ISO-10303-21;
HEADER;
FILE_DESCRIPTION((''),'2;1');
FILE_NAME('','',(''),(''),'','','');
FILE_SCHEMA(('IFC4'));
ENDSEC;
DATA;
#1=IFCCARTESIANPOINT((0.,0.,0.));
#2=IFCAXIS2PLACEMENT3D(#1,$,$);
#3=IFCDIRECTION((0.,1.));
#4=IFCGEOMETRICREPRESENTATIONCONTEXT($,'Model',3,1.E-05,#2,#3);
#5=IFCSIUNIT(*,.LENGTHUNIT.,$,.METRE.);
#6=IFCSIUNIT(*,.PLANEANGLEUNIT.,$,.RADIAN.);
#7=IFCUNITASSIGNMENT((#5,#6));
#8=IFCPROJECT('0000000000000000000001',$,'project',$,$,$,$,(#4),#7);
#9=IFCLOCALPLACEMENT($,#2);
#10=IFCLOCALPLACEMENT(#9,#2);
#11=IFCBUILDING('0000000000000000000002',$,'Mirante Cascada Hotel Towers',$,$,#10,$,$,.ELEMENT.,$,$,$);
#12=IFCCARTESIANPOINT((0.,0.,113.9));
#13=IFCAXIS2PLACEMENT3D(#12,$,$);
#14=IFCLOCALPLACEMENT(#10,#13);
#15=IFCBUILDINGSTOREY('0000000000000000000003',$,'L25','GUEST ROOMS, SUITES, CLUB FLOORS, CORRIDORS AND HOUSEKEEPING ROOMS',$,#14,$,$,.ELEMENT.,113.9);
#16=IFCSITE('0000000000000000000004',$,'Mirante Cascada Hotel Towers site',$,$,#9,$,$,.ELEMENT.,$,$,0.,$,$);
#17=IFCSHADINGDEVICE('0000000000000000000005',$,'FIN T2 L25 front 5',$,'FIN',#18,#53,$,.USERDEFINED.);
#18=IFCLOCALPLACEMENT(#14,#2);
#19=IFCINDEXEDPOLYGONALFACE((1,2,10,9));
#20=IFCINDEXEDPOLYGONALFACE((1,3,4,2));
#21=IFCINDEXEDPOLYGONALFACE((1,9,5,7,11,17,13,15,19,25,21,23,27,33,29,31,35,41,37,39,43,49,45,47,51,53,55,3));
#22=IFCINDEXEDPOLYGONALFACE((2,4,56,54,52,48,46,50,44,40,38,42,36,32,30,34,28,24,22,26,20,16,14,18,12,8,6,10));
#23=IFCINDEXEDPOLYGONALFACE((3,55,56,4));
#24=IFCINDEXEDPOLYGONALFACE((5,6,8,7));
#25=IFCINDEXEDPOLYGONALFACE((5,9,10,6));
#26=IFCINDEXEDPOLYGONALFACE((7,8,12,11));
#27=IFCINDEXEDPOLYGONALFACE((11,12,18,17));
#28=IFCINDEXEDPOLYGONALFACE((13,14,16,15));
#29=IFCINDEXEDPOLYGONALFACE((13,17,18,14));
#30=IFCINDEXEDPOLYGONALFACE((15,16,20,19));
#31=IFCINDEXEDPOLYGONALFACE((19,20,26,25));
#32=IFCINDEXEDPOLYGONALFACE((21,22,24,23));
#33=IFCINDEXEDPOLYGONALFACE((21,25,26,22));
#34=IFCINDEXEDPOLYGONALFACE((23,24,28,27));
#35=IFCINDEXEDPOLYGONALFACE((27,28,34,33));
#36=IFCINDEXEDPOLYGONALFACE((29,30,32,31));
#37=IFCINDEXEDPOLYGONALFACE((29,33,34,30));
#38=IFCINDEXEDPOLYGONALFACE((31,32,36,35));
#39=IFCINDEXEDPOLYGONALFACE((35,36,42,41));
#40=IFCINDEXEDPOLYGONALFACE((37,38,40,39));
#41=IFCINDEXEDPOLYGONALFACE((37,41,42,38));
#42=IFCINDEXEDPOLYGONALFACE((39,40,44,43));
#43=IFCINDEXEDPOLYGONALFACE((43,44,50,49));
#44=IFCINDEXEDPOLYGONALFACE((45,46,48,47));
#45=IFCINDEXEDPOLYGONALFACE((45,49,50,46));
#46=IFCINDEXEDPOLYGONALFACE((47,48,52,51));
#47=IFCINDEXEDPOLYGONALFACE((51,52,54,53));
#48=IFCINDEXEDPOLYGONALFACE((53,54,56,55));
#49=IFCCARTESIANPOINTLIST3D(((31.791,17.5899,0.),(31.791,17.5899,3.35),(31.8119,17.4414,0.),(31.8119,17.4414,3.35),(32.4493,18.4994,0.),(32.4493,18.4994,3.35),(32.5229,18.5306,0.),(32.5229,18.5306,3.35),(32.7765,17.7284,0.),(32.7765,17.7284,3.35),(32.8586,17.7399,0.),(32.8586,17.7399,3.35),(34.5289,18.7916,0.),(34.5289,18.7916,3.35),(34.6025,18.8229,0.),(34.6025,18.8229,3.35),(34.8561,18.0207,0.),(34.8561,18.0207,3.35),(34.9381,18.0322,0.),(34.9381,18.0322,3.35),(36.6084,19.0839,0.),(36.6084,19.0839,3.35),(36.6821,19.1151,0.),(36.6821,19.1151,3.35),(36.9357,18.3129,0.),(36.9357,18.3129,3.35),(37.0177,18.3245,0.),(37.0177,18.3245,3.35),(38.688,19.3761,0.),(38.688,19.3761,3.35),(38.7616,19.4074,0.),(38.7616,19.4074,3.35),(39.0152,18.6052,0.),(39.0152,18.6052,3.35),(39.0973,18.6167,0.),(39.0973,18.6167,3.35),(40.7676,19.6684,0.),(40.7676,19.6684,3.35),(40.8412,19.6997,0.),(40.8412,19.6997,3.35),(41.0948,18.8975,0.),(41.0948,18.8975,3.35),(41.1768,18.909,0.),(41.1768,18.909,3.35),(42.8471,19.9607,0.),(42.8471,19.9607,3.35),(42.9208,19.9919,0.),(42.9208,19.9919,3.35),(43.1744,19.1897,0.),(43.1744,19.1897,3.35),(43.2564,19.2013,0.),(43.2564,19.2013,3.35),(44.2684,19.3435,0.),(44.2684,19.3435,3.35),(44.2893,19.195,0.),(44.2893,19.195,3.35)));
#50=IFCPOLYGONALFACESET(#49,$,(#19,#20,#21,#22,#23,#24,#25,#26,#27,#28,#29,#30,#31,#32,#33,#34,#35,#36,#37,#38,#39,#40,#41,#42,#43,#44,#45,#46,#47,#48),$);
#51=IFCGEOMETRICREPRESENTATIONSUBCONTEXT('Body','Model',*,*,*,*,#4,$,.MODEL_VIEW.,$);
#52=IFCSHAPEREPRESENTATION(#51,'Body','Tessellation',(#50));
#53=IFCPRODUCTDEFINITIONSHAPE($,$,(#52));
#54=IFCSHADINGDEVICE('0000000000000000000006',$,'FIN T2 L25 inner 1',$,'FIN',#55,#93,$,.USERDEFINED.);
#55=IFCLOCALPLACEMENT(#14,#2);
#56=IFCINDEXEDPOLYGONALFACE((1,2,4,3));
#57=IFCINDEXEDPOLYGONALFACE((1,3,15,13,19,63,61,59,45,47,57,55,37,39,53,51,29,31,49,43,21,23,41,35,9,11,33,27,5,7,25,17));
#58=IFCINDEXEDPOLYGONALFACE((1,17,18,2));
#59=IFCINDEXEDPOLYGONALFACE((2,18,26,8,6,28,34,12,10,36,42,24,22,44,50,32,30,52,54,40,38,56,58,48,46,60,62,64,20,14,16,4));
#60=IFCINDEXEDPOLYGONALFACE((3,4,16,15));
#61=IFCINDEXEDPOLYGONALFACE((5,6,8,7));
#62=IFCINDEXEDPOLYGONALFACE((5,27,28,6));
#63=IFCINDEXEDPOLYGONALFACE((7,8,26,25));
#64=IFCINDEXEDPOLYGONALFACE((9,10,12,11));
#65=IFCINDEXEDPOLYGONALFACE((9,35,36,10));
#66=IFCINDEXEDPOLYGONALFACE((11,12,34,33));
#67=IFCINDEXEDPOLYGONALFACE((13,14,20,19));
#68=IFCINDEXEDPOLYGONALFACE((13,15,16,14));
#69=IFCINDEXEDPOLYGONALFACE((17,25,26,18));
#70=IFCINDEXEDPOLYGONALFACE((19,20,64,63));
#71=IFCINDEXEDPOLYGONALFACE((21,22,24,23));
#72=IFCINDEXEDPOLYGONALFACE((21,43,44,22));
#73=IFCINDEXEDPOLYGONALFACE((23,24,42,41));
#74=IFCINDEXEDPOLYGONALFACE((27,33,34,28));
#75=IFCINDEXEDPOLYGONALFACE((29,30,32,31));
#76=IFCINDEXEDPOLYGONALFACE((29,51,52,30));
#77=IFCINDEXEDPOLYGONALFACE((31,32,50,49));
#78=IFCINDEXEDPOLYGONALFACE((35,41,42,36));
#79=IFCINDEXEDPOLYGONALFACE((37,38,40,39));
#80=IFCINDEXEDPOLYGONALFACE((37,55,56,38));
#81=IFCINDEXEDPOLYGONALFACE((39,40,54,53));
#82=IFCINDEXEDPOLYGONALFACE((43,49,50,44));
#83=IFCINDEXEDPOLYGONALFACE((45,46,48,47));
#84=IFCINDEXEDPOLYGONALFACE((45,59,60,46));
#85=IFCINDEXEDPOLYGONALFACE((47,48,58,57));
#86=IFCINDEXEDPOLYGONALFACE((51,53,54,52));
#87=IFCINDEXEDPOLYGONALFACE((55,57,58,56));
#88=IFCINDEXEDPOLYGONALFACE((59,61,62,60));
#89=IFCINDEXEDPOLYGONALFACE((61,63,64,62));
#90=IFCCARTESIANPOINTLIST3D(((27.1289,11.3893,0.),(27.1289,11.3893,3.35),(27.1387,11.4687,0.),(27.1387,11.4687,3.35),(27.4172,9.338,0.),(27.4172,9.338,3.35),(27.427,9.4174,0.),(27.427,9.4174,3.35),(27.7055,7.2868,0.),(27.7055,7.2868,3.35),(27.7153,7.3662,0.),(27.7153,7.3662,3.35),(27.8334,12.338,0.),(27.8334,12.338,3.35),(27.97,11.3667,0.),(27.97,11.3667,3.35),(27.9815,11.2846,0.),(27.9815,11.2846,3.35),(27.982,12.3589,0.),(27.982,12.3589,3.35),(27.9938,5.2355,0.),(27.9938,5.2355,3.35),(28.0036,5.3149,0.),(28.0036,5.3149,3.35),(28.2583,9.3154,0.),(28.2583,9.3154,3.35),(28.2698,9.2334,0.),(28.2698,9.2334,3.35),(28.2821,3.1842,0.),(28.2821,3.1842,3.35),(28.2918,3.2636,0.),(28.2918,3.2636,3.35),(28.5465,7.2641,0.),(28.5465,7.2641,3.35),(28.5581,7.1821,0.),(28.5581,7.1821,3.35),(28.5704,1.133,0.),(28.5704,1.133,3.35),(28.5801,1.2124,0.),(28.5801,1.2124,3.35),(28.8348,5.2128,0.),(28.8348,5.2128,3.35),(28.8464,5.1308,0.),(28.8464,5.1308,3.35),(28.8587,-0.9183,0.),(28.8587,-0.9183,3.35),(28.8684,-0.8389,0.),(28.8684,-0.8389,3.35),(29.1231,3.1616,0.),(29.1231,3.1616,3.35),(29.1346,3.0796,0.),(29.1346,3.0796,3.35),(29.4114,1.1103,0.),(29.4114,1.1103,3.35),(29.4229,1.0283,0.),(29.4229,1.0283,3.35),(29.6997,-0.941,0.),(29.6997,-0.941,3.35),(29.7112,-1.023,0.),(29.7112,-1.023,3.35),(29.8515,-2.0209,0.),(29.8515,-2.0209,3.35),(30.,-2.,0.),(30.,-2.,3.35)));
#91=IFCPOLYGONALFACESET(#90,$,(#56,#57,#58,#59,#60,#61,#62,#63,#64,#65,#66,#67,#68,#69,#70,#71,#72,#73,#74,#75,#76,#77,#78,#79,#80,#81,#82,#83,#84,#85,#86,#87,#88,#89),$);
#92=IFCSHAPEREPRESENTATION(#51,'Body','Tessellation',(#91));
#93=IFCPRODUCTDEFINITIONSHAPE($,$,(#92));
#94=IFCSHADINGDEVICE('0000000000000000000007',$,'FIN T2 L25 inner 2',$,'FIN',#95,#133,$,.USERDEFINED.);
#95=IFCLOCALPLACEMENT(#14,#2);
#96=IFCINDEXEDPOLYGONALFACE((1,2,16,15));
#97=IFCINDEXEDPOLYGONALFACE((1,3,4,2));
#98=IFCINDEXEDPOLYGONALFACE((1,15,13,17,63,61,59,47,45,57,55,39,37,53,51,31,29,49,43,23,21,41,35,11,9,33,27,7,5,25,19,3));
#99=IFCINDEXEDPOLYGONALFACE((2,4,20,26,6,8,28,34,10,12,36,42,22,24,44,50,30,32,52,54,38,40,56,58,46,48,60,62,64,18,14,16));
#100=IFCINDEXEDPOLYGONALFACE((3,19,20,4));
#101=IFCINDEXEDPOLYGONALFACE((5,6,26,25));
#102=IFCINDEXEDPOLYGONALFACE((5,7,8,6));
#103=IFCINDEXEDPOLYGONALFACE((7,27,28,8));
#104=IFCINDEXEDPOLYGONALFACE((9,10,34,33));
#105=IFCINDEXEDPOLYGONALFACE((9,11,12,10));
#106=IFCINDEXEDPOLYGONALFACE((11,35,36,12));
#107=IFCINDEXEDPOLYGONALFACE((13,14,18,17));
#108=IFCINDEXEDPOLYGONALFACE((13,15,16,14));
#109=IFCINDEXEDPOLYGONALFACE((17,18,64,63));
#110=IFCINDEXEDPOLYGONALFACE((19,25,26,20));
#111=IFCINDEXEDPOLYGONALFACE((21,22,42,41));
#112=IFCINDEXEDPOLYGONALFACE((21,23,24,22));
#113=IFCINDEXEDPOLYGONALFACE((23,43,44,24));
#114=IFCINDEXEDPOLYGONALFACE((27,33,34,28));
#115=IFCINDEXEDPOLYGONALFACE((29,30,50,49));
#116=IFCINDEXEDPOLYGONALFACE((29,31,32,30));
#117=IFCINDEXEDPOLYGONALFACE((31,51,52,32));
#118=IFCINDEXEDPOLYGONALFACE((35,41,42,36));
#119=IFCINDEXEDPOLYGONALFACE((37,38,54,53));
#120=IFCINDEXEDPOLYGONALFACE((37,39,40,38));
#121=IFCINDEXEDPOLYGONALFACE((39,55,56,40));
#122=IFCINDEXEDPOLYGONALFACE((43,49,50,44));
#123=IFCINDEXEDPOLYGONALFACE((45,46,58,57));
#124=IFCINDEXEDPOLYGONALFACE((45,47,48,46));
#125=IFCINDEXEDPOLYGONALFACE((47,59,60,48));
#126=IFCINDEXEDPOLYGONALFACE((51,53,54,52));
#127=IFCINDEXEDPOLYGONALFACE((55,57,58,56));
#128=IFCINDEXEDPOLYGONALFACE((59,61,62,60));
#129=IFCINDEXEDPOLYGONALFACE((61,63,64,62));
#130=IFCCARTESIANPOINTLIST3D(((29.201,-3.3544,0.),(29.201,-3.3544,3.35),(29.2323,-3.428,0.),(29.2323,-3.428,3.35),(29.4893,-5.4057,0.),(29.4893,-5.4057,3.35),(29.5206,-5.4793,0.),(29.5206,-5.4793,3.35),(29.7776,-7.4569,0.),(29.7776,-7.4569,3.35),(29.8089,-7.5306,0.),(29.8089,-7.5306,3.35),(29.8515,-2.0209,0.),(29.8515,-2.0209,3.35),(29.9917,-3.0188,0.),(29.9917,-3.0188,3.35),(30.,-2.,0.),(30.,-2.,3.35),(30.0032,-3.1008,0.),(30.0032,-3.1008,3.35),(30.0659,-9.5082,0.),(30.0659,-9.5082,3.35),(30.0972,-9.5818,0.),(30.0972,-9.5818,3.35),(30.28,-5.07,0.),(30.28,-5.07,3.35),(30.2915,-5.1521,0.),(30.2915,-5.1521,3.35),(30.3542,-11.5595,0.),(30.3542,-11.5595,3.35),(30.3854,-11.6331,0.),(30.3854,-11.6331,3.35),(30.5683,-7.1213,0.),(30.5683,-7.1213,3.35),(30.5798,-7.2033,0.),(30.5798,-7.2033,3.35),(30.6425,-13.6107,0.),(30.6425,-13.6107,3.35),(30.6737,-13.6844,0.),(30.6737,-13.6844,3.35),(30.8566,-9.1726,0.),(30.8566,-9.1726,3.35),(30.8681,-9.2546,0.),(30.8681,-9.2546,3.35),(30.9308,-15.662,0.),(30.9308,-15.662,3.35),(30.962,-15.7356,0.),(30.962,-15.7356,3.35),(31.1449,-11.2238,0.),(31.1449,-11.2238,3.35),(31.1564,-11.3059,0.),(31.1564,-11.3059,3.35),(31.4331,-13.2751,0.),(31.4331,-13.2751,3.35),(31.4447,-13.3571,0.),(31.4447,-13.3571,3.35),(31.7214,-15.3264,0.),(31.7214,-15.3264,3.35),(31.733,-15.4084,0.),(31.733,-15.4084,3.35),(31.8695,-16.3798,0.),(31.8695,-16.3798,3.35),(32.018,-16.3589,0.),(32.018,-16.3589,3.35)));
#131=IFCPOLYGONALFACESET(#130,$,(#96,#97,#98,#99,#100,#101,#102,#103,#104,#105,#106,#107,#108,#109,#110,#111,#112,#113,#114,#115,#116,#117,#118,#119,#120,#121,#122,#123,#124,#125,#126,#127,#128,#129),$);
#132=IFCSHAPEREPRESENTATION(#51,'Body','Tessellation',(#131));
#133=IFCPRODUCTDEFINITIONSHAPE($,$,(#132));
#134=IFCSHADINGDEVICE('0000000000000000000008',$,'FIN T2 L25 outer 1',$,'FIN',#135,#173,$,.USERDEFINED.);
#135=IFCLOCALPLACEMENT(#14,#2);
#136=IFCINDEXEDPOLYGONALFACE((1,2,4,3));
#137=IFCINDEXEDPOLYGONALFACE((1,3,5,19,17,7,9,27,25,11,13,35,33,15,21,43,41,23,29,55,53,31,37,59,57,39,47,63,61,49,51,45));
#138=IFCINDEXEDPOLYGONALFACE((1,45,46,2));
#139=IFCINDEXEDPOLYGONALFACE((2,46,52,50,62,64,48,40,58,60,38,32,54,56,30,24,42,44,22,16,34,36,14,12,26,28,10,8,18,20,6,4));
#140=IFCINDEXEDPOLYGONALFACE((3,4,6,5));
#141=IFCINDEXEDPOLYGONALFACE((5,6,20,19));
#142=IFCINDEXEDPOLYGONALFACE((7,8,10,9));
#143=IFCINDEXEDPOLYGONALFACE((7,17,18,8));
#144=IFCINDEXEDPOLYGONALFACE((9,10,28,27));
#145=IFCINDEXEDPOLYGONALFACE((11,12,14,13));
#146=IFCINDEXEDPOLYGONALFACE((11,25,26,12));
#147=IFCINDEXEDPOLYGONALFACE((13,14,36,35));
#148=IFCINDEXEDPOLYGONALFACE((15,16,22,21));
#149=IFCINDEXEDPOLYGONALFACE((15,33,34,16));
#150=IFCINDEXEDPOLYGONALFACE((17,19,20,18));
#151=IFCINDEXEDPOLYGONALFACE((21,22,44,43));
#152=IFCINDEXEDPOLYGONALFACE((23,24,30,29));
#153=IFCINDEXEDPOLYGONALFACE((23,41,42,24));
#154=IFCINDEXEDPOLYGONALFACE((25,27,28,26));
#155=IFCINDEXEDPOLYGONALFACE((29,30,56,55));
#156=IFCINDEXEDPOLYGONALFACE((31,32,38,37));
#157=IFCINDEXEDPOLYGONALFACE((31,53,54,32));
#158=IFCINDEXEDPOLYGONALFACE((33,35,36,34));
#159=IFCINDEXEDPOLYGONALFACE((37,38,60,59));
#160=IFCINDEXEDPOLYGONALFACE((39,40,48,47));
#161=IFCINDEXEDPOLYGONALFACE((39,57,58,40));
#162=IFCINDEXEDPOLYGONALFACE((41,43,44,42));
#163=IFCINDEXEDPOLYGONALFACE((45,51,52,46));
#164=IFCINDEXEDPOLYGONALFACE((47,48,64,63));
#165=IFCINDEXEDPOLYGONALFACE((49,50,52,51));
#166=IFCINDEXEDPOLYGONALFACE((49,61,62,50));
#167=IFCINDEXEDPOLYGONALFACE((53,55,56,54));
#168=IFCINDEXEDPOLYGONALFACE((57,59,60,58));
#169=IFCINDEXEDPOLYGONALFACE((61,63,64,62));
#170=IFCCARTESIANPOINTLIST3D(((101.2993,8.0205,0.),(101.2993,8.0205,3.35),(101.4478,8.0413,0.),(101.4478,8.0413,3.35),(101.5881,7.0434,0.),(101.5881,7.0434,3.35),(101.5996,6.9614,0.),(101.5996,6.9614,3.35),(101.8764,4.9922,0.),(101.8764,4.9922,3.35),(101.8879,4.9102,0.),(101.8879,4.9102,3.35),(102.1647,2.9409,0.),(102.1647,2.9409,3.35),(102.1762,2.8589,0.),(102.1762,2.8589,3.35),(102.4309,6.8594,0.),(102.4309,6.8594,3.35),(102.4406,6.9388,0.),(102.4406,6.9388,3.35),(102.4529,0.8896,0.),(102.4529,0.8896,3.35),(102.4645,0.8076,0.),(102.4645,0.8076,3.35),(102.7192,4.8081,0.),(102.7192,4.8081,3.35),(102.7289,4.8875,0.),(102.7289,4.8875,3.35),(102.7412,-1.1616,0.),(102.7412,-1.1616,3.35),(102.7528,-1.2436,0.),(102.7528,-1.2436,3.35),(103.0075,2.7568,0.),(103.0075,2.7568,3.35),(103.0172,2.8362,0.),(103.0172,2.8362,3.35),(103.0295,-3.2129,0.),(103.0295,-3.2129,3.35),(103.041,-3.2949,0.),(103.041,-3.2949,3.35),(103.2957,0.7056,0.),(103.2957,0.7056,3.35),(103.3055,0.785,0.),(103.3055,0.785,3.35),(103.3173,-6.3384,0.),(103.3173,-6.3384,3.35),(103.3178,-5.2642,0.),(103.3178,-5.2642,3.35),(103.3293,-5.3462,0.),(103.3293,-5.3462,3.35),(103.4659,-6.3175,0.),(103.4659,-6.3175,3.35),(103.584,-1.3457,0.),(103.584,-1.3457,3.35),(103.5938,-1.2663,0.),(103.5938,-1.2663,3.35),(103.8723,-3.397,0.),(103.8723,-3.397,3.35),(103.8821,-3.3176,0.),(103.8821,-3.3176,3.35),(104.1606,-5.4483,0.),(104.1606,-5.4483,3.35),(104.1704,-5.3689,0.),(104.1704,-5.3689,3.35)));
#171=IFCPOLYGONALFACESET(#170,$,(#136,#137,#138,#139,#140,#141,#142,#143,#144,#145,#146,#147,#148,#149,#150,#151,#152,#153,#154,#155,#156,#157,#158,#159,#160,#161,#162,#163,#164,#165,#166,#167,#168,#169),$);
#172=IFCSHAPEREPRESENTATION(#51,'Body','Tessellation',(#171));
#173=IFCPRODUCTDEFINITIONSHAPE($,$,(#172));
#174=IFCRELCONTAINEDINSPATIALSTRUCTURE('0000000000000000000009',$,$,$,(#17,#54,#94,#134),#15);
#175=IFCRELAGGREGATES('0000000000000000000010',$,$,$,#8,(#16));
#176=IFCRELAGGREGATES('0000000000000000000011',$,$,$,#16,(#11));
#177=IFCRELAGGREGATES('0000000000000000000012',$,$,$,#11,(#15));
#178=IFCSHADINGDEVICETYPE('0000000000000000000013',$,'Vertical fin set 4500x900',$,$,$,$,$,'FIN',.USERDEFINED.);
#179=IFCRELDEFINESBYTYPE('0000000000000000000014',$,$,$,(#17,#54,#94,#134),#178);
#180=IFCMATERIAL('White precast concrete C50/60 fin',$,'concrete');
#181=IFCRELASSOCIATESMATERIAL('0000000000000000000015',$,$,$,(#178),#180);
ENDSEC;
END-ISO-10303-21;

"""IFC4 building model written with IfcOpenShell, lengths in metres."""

from ifc_helpers import new_model, si_unit, direction, frame, origin, place, context, subcontext, project, spatial, polyline, outline, extrude, material, type_object, element, save


model = new_model("IFC4")

# Units and contexts
model_context = context("Model", 3, precision=1e-05, world=origin(), true_north=direction((0.0, 1.0)))
body_context = subcontext(model_context, "Body", "Model", "MODEL_VIEW")
ifc_project = project(units=[si_unit("LENGTHUNIT", "METRE"), si_unit("PLANEANGLEUNIT", "RADIAN")], contexts=[model_context])

# Site, building, storey
site_placement = place(None, origin())
site = spatial("IfcSite", under=ifc_project, at=site_placement, Name="Mirante Cascada Hotel Towers site", CompositionType="ELEMENT", RefElevation=0.0)
building_placement = place(site_placement, origin())
building = spatial("IfcBuilding", under=site, at=building_placement, Name="Mirante Cascada Hotel Towers", CompositionType="ELEMENT")
storey_placement = place(building_placement, frame((0.0, 0.0, 113.9)))
storey = spatial("IfcBuildingStorey", under=building, at=storey_placement, Name="L25", Description="GUEST ROOMS, SUITES, CLUB FLOORS, CORRIDORS AND HOUSEKEEPING ROOMS", CompositionType="ELEMENT", Elevation=113.9)

# Shading devices
ifc_material_1 = material(Name="White precast concrete C50/60 fin", Category="concrete")
shading_device_type = type_object("IfcShadingDeviceType", Name="Vertical fin set 4500x900", ElementType="FIN", PredefinedType="USERDEFINED", material=ifc_material_1)
shading_device_1_placement = place(storey_placement, origin())
element("IfcShadingDevice", 1, at=shading_device_1_placement, inside=storey, type_object=shading_device_type, Name="FIN T2 L25 front 5", ObjectType="FIN", PredefinedType="USERDEFINED", context=body_context, shape_type="SweptSolid", body=[
    extrude(outline(polyline([(32.5229, 18.5306), (32.8586, 17.7399), (34.8561, 18.0207), (34.5289, 18.7916), (34.6025, 18.8229), (34.9381, 18.0322), (36.9357, 18.3129), (36.6084, 19.0839), (36.6821, 19.1151), (37.0177, 18.3245), (39.0152, 18.6052), (38.688, 19.3761), (38.7616, 19.4074), (39.0973, 18.6167), (41.0948, 18.8975), (40.7676, 19.6684), (40.8412, 19.6997), (41.1768, 18.909), (43.1744, 19.1897), (42.8471, 19.9607), (42.9208, 19.9919), (43.2564, 19.2013), (44.2684, 19.3435), (44.2893, 19.195), (31.8119, 17.4414), (31.791, 17.5899), (32.7765, 17.7284), (32.4493, 18.4994), (32.5229, 18.5306)])), origin(), (0.0, 0.0, 1.0), 3.35),
])
shading_device_2_placement = place(storey_placement, origin())
element("IfcShadingDevice", 2, at=shading_device_2_placement, inside=storey, type_object=shading_device_type, Name="FIN T2 L25 inner 1", ObjectType="FIN", PredefinedType="USERDEFINED", context=body_context, shape_type="SweptSolid", body=[
    extrude(outline(polyline([(28.8684, -0.8389), (29.6997, -0.941), (29.4229, 1.0283), (28.5704, 1.133), (28.5801, 1.2124), (29.4114, 1.1103), (29.1346, 3.0796), (28.2821, 3.1842), (28.2918, 3.2636), (29.1231, 3.1616), (28.8464, 5.1308), (27.9938, 5.2355), (28.0036, 5.3149), (28.8348, 5.2128), (28.5581, 7.1821), (27.7055, 7.2868), (27.7153, 7.3662), (28.5465, 7.2641), (28.2698, 9.2334), (27.4172, 9.338), (27.427, 9.4174), (28.2583, 9.3154), (27.9815, 11.2846), (27.1289, 11.3893), (27.1387, 11.4687), (27.97, 11.3667), (27.8334, 12.338), (27.982, 12.3589), (30.0, -2.0), (29.8515, -2.0209), (29.7112, -1.023), (28.8587, -0.9183), (28.8684, -0.8389)])), origin(), (0.0, 0.0, 1.0), 3.35),
])
shading_device_3_placement = place(storey_placement, origin())
element("IfcShadingDevice", 3, at=shading_device_3_placement, inside=storey, type_object=shading_device_type, Name="FIN T2 L25 inner 2", ObjectType="FIN", PredefinedType="USERDEFINED", context=body_context, shape_type="SweptSolid", body=[
    extrude(outline(polyline([(30.9308, -15.662), (31.7214, -15.3264), (31.4447, -13.3571), (30.6737, -13.6844), (30.6425, -13.6107), (31.4331, -13.2751), (31.1564, -11.3059), (30.3854, -11.6331), (30.3542, -11.5595), (31.1449, -11.2238), (30.8681, -9.2546), (30.0972, -9.5818), (30.0659, -9.5082), (30.8566, -9.1726), (30.5798, -7.2033), (29.8089, -7.5306), (29.7776, -7.4569), (30.5683, -7.1213), (30.2915, -5.1521), (29.5206, -5.4793), (29.4893, -5.4057), (30.28, -5.07), (30.0032, -3.1008), (29.2323, -3.428), (29.201, -3.3544), (29.9917, -3.0188), (29.8515, -2.0209), (30.0, -2.0), (32.018, -16.3589), (31.8695, -16.3798), (31.733, -15.4084), (30.962, -15.7356), (30.9308, -15.662)])), origin(), (0.0, 0.0, 1.0), 3.35),
])
shading_device_4_placement = place(storey_placement, origin())
element("IfcShadingDevice", 4, at=shading_device_4_placement, inside=storey, type_object=shading_device_type, Name="FIN T2 L25 outer 1", ObjectType="FIN", PredefinedType="USERDEFINED", context=body_context, shape_type="SweptSolid", body=[
    extrude(outline(polyline([(104.1606, -5.4483), (103.3293, -5.3462), (103.4659, -6.3175), (103.3173, -6.3384), (101.2993, 8.0205), (101.4478, 8.0413), (101.5881, 7.0434), (102.4406, 6.9388), (102.4309, 6.8594), (101.5996, 6.9614), (101.8764, 4.9922), (102.7289, 4.8875), (102.7192, 4.8081), (101.8879, 4.9102), (102.1647, 2.9409), (103.0172, 2.8362), (103.0075, 2.7568), (102.1762, 2.8589), (102.4529, 0.8896), (103.3055, 0.785), (103.2957, 0.7056), (102.4645, 0.8076), (102.7412, -1.1616), (103.5938, -1.2663), (103.584, -1.3457), (102.7528, -1.2436), (103.0295, -3.2129), (103.8821, -3.3176), (103.8723, -3.397), (103.041, -3.2949), (103.3178, -5.2642), (104.1704, -5.3689), (104.1606, -5.4483)])), origin(), (0.0, 0.0, 1.0), 3.35),
])

save(model, "model.ifc")
